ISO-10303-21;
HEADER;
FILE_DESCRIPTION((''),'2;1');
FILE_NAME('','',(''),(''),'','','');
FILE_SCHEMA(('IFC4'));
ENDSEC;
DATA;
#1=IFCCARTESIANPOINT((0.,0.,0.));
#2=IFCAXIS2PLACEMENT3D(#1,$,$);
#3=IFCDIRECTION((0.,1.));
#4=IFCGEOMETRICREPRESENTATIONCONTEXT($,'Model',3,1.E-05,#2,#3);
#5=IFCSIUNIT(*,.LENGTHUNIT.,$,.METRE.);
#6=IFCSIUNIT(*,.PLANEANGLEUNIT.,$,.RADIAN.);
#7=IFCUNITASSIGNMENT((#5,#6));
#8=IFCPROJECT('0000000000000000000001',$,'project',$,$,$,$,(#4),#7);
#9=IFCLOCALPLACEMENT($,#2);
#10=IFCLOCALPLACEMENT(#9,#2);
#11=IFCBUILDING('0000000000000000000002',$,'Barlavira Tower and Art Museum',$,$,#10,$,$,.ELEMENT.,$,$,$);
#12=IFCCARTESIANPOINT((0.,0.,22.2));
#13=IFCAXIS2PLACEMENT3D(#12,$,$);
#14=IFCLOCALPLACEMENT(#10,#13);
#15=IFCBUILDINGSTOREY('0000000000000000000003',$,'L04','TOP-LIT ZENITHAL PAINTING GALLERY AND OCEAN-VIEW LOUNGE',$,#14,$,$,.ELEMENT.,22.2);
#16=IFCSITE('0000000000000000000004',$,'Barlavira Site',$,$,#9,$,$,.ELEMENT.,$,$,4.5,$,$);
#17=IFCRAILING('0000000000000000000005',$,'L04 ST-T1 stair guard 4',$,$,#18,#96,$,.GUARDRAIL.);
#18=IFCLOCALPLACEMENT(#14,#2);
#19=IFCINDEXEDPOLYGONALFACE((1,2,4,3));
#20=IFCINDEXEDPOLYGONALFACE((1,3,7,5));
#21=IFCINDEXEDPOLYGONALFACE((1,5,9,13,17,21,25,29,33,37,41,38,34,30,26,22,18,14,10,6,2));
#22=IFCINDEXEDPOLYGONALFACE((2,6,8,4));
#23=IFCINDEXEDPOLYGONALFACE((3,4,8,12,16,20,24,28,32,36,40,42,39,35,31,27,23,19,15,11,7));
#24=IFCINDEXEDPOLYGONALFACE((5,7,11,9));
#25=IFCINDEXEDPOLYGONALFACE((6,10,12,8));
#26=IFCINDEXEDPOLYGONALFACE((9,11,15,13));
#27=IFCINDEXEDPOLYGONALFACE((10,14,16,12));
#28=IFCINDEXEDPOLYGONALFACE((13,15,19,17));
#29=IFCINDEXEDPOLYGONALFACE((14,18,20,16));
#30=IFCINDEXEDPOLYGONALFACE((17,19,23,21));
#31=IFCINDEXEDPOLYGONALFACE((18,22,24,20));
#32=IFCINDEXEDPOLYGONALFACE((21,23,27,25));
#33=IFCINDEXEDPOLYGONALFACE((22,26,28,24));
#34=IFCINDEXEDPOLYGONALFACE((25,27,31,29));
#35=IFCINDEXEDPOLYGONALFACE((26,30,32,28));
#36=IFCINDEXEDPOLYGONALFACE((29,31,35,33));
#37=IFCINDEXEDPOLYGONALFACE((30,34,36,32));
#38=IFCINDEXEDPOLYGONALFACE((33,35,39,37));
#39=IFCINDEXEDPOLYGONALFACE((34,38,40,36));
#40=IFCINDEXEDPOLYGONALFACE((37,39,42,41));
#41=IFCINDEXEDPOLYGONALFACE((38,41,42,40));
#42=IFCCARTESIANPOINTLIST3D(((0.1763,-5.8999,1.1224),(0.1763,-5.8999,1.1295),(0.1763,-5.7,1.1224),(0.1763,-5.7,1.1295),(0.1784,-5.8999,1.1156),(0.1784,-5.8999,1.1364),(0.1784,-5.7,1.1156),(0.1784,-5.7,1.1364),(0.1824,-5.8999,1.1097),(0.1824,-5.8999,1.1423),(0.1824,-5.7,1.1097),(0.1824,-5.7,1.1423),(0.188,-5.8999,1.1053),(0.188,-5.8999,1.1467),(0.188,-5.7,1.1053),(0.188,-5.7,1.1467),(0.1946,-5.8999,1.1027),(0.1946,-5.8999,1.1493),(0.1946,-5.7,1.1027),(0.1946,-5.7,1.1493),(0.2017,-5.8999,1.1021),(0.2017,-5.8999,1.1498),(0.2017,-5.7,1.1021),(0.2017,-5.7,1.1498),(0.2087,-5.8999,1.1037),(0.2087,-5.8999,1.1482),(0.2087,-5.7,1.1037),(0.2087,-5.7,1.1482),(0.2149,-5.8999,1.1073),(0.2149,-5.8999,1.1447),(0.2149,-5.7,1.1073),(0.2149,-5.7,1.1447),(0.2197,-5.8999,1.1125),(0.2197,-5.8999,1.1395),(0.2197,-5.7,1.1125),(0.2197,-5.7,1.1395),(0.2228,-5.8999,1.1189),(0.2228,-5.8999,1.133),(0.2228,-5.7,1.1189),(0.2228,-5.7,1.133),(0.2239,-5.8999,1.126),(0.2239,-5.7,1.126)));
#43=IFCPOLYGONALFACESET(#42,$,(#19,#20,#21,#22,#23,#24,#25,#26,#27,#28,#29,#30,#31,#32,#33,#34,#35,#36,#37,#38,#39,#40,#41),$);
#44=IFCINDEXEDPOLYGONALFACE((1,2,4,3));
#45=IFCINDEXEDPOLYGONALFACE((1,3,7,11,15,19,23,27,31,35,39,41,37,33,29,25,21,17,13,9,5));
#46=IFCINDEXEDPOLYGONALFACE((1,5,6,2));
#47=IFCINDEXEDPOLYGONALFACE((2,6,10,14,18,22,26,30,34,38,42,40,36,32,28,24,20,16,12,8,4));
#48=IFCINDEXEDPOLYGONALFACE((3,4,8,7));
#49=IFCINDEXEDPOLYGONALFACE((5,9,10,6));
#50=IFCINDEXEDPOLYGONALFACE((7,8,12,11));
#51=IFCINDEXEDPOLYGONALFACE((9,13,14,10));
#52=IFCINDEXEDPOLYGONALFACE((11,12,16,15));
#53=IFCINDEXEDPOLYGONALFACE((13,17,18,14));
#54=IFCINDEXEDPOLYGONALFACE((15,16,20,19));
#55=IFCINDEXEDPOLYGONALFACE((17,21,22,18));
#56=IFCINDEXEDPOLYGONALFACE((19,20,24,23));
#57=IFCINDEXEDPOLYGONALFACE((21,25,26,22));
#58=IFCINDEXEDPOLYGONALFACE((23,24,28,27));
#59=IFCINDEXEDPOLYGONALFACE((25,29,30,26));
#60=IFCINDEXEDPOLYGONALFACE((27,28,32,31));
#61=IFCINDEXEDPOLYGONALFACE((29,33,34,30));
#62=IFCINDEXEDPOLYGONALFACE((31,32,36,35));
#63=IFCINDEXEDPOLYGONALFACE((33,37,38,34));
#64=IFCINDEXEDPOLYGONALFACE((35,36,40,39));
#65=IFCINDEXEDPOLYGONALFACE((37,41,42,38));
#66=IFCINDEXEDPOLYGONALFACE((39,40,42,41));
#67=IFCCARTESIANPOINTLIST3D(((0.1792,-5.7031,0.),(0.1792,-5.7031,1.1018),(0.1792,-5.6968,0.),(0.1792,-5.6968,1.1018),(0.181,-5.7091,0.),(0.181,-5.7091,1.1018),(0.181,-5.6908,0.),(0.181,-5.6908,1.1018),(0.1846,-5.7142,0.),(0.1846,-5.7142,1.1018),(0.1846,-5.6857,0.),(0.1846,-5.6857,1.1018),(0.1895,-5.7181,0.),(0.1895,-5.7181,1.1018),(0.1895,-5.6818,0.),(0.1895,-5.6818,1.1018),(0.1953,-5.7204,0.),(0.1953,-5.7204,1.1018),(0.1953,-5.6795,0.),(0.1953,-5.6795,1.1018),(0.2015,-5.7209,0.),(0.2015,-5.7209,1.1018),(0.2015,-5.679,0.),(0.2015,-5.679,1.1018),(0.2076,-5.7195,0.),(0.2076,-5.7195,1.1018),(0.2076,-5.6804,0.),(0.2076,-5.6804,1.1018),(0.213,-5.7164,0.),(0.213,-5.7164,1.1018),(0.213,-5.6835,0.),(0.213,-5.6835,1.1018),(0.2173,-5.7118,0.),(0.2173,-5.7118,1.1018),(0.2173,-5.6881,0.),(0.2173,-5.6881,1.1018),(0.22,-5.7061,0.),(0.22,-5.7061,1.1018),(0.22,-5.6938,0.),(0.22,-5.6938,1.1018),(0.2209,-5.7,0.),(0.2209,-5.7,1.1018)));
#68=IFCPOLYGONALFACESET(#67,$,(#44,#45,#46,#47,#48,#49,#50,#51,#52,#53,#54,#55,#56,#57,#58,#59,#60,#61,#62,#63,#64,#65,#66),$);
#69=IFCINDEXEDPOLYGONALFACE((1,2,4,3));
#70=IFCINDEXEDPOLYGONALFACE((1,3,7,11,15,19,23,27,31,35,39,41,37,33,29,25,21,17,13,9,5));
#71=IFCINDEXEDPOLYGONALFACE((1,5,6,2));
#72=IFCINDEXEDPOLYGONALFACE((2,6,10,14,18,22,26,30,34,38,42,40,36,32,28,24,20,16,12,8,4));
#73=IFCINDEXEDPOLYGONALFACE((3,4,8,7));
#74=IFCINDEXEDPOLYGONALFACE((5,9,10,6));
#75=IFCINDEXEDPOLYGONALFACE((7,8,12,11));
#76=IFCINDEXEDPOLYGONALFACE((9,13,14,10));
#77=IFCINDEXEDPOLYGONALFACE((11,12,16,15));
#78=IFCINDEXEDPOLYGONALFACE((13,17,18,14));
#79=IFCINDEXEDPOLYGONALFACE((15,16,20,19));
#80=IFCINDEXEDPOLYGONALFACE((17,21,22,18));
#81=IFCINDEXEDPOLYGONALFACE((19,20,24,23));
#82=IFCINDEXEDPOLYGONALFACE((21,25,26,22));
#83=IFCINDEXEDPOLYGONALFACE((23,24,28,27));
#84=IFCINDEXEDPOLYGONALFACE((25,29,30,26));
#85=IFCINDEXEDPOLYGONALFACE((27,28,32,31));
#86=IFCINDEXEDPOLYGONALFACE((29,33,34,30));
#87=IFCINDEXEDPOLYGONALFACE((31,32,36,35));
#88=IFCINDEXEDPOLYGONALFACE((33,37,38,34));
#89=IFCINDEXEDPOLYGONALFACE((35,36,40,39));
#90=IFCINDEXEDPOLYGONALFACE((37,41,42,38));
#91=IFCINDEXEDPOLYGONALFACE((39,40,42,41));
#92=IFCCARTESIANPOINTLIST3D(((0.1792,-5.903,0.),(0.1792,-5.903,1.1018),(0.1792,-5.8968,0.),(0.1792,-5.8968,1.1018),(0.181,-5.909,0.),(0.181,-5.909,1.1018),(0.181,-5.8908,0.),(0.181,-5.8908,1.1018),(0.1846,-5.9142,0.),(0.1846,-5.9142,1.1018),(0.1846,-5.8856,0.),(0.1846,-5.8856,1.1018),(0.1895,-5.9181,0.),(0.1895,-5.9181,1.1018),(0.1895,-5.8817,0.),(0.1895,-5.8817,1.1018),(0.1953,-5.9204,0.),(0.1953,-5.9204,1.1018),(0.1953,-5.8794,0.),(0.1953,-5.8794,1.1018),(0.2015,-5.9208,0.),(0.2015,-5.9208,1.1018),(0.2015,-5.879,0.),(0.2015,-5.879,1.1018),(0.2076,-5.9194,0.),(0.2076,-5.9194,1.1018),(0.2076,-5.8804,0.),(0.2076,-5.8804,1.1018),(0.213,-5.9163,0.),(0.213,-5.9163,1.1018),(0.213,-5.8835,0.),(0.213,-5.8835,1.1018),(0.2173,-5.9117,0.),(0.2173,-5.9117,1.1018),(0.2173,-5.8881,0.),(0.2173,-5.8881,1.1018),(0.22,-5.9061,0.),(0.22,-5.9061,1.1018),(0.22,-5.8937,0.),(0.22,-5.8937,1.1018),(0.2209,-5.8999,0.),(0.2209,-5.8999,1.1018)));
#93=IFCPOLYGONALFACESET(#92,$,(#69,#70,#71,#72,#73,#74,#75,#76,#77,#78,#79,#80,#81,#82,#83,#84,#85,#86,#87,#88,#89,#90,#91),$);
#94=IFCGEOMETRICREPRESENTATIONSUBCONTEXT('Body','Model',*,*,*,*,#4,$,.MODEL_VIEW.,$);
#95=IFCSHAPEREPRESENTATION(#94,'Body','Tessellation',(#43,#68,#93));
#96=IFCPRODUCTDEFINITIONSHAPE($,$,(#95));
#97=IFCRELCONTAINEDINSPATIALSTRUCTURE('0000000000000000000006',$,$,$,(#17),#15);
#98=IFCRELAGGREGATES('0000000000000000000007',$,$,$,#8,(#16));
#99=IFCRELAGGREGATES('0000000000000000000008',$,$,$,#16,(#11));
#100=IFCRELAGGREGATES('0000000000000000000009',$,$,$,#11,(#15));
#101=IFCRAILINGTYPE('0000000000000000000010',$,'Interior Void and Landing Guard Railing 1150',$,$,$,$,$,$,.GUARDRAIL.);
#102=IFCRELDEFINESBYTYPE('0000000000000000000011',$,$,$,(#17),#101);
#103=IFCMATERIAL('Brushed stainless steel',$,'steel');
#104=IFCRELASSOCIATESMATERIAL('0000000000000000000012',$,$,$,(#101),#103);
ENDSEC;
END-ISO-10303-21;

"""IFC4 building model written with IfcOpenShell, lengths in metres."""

from ifc_helpers import new_model, si_unit, direction, frame, origin, origin_2d, place, context, subcontext, project, spatial, circle, extrude, material, type_object, element, save


model = new_model("IFC4")

# Units and contexts
model_context = context("Model", 3, precision=1e-05, world=origin(), true_north=direction((0.0, 1.0)))
body_context = subcontext(model_context, "Body", "Model", "MODEL_VIEW")
ifc_project = project(units=[si_unit("LENGTHUNIT", "METRE"), si_unit("PLANEANGLEUNIT", "RADIAN")], contexts=[model_context])

# Site, building, storey
site_placement = place(None, origin())
site = spatial("IfcSite", under=ifc_project, at=site_placement, Name="Barlavira Site", CompositionType="ELEMENT", RefElevation=4.5)
building_placement = place(site_placement, origin())
building = spatial("IfcBuilding", under=site, at=building_placement, Name="Barlavira Tower and Art Museum", CompositionType="ELEMENT")
storey_placement = place(building_placement, frame((0.0, 0.0, 22.2)))
storey = spatial("IfcBuildingStorey", under=building, at=storey_placement, Name="L04", Description="TOP-LIT ZENITHAL PAINTING GALLERY AND OCEAN-VIEW LOUNGE", CompositionType="ELEMENT", Elevation=22.2)

# Shared definitions
ifc_material_1 = material(Name="Brushed stainless steel", Category="steel")

# Railing
railing_type_1 = type_object("IfcRailingType", Name="Interior Void and Landing Guard Railing 1150", PredefinedType="GUARDRAIL", material=ifc_material_1)
railing_1_placement = place(storey_placement, frame((0.2, -5.7, 0.0)))
element("IfcRailing", 1, at=railing_1_placement, inside=storey, type_object=railing_type_1, Name="L04 ST-T1 stair guard 4", PredefinedType="GUARDRAIL", context=body_context, shape_type="SweptSolid", body=[
    extrude(circle(Radius=0.0239, at=origin_2d()), frame((0.0, 0.0, 1.126), z_axis=(0.0, -1.0, 0.0), x_axis=(1.0, 0.0, 0.0)), (0.0, 0.0, 1.0), 0.2),
    extrude(circle(Radius=0.021, at=origin_2d()), origin(), (0.0, 0.0, 1.0), 1.1018),
    extrude(circle(Radius=0.021, at=origin_2d()), frame((0.0, -0.2, 0.0)), (0.0, 0.0, 1.0), 1.1018),
])

save(model, "model.ifc")
